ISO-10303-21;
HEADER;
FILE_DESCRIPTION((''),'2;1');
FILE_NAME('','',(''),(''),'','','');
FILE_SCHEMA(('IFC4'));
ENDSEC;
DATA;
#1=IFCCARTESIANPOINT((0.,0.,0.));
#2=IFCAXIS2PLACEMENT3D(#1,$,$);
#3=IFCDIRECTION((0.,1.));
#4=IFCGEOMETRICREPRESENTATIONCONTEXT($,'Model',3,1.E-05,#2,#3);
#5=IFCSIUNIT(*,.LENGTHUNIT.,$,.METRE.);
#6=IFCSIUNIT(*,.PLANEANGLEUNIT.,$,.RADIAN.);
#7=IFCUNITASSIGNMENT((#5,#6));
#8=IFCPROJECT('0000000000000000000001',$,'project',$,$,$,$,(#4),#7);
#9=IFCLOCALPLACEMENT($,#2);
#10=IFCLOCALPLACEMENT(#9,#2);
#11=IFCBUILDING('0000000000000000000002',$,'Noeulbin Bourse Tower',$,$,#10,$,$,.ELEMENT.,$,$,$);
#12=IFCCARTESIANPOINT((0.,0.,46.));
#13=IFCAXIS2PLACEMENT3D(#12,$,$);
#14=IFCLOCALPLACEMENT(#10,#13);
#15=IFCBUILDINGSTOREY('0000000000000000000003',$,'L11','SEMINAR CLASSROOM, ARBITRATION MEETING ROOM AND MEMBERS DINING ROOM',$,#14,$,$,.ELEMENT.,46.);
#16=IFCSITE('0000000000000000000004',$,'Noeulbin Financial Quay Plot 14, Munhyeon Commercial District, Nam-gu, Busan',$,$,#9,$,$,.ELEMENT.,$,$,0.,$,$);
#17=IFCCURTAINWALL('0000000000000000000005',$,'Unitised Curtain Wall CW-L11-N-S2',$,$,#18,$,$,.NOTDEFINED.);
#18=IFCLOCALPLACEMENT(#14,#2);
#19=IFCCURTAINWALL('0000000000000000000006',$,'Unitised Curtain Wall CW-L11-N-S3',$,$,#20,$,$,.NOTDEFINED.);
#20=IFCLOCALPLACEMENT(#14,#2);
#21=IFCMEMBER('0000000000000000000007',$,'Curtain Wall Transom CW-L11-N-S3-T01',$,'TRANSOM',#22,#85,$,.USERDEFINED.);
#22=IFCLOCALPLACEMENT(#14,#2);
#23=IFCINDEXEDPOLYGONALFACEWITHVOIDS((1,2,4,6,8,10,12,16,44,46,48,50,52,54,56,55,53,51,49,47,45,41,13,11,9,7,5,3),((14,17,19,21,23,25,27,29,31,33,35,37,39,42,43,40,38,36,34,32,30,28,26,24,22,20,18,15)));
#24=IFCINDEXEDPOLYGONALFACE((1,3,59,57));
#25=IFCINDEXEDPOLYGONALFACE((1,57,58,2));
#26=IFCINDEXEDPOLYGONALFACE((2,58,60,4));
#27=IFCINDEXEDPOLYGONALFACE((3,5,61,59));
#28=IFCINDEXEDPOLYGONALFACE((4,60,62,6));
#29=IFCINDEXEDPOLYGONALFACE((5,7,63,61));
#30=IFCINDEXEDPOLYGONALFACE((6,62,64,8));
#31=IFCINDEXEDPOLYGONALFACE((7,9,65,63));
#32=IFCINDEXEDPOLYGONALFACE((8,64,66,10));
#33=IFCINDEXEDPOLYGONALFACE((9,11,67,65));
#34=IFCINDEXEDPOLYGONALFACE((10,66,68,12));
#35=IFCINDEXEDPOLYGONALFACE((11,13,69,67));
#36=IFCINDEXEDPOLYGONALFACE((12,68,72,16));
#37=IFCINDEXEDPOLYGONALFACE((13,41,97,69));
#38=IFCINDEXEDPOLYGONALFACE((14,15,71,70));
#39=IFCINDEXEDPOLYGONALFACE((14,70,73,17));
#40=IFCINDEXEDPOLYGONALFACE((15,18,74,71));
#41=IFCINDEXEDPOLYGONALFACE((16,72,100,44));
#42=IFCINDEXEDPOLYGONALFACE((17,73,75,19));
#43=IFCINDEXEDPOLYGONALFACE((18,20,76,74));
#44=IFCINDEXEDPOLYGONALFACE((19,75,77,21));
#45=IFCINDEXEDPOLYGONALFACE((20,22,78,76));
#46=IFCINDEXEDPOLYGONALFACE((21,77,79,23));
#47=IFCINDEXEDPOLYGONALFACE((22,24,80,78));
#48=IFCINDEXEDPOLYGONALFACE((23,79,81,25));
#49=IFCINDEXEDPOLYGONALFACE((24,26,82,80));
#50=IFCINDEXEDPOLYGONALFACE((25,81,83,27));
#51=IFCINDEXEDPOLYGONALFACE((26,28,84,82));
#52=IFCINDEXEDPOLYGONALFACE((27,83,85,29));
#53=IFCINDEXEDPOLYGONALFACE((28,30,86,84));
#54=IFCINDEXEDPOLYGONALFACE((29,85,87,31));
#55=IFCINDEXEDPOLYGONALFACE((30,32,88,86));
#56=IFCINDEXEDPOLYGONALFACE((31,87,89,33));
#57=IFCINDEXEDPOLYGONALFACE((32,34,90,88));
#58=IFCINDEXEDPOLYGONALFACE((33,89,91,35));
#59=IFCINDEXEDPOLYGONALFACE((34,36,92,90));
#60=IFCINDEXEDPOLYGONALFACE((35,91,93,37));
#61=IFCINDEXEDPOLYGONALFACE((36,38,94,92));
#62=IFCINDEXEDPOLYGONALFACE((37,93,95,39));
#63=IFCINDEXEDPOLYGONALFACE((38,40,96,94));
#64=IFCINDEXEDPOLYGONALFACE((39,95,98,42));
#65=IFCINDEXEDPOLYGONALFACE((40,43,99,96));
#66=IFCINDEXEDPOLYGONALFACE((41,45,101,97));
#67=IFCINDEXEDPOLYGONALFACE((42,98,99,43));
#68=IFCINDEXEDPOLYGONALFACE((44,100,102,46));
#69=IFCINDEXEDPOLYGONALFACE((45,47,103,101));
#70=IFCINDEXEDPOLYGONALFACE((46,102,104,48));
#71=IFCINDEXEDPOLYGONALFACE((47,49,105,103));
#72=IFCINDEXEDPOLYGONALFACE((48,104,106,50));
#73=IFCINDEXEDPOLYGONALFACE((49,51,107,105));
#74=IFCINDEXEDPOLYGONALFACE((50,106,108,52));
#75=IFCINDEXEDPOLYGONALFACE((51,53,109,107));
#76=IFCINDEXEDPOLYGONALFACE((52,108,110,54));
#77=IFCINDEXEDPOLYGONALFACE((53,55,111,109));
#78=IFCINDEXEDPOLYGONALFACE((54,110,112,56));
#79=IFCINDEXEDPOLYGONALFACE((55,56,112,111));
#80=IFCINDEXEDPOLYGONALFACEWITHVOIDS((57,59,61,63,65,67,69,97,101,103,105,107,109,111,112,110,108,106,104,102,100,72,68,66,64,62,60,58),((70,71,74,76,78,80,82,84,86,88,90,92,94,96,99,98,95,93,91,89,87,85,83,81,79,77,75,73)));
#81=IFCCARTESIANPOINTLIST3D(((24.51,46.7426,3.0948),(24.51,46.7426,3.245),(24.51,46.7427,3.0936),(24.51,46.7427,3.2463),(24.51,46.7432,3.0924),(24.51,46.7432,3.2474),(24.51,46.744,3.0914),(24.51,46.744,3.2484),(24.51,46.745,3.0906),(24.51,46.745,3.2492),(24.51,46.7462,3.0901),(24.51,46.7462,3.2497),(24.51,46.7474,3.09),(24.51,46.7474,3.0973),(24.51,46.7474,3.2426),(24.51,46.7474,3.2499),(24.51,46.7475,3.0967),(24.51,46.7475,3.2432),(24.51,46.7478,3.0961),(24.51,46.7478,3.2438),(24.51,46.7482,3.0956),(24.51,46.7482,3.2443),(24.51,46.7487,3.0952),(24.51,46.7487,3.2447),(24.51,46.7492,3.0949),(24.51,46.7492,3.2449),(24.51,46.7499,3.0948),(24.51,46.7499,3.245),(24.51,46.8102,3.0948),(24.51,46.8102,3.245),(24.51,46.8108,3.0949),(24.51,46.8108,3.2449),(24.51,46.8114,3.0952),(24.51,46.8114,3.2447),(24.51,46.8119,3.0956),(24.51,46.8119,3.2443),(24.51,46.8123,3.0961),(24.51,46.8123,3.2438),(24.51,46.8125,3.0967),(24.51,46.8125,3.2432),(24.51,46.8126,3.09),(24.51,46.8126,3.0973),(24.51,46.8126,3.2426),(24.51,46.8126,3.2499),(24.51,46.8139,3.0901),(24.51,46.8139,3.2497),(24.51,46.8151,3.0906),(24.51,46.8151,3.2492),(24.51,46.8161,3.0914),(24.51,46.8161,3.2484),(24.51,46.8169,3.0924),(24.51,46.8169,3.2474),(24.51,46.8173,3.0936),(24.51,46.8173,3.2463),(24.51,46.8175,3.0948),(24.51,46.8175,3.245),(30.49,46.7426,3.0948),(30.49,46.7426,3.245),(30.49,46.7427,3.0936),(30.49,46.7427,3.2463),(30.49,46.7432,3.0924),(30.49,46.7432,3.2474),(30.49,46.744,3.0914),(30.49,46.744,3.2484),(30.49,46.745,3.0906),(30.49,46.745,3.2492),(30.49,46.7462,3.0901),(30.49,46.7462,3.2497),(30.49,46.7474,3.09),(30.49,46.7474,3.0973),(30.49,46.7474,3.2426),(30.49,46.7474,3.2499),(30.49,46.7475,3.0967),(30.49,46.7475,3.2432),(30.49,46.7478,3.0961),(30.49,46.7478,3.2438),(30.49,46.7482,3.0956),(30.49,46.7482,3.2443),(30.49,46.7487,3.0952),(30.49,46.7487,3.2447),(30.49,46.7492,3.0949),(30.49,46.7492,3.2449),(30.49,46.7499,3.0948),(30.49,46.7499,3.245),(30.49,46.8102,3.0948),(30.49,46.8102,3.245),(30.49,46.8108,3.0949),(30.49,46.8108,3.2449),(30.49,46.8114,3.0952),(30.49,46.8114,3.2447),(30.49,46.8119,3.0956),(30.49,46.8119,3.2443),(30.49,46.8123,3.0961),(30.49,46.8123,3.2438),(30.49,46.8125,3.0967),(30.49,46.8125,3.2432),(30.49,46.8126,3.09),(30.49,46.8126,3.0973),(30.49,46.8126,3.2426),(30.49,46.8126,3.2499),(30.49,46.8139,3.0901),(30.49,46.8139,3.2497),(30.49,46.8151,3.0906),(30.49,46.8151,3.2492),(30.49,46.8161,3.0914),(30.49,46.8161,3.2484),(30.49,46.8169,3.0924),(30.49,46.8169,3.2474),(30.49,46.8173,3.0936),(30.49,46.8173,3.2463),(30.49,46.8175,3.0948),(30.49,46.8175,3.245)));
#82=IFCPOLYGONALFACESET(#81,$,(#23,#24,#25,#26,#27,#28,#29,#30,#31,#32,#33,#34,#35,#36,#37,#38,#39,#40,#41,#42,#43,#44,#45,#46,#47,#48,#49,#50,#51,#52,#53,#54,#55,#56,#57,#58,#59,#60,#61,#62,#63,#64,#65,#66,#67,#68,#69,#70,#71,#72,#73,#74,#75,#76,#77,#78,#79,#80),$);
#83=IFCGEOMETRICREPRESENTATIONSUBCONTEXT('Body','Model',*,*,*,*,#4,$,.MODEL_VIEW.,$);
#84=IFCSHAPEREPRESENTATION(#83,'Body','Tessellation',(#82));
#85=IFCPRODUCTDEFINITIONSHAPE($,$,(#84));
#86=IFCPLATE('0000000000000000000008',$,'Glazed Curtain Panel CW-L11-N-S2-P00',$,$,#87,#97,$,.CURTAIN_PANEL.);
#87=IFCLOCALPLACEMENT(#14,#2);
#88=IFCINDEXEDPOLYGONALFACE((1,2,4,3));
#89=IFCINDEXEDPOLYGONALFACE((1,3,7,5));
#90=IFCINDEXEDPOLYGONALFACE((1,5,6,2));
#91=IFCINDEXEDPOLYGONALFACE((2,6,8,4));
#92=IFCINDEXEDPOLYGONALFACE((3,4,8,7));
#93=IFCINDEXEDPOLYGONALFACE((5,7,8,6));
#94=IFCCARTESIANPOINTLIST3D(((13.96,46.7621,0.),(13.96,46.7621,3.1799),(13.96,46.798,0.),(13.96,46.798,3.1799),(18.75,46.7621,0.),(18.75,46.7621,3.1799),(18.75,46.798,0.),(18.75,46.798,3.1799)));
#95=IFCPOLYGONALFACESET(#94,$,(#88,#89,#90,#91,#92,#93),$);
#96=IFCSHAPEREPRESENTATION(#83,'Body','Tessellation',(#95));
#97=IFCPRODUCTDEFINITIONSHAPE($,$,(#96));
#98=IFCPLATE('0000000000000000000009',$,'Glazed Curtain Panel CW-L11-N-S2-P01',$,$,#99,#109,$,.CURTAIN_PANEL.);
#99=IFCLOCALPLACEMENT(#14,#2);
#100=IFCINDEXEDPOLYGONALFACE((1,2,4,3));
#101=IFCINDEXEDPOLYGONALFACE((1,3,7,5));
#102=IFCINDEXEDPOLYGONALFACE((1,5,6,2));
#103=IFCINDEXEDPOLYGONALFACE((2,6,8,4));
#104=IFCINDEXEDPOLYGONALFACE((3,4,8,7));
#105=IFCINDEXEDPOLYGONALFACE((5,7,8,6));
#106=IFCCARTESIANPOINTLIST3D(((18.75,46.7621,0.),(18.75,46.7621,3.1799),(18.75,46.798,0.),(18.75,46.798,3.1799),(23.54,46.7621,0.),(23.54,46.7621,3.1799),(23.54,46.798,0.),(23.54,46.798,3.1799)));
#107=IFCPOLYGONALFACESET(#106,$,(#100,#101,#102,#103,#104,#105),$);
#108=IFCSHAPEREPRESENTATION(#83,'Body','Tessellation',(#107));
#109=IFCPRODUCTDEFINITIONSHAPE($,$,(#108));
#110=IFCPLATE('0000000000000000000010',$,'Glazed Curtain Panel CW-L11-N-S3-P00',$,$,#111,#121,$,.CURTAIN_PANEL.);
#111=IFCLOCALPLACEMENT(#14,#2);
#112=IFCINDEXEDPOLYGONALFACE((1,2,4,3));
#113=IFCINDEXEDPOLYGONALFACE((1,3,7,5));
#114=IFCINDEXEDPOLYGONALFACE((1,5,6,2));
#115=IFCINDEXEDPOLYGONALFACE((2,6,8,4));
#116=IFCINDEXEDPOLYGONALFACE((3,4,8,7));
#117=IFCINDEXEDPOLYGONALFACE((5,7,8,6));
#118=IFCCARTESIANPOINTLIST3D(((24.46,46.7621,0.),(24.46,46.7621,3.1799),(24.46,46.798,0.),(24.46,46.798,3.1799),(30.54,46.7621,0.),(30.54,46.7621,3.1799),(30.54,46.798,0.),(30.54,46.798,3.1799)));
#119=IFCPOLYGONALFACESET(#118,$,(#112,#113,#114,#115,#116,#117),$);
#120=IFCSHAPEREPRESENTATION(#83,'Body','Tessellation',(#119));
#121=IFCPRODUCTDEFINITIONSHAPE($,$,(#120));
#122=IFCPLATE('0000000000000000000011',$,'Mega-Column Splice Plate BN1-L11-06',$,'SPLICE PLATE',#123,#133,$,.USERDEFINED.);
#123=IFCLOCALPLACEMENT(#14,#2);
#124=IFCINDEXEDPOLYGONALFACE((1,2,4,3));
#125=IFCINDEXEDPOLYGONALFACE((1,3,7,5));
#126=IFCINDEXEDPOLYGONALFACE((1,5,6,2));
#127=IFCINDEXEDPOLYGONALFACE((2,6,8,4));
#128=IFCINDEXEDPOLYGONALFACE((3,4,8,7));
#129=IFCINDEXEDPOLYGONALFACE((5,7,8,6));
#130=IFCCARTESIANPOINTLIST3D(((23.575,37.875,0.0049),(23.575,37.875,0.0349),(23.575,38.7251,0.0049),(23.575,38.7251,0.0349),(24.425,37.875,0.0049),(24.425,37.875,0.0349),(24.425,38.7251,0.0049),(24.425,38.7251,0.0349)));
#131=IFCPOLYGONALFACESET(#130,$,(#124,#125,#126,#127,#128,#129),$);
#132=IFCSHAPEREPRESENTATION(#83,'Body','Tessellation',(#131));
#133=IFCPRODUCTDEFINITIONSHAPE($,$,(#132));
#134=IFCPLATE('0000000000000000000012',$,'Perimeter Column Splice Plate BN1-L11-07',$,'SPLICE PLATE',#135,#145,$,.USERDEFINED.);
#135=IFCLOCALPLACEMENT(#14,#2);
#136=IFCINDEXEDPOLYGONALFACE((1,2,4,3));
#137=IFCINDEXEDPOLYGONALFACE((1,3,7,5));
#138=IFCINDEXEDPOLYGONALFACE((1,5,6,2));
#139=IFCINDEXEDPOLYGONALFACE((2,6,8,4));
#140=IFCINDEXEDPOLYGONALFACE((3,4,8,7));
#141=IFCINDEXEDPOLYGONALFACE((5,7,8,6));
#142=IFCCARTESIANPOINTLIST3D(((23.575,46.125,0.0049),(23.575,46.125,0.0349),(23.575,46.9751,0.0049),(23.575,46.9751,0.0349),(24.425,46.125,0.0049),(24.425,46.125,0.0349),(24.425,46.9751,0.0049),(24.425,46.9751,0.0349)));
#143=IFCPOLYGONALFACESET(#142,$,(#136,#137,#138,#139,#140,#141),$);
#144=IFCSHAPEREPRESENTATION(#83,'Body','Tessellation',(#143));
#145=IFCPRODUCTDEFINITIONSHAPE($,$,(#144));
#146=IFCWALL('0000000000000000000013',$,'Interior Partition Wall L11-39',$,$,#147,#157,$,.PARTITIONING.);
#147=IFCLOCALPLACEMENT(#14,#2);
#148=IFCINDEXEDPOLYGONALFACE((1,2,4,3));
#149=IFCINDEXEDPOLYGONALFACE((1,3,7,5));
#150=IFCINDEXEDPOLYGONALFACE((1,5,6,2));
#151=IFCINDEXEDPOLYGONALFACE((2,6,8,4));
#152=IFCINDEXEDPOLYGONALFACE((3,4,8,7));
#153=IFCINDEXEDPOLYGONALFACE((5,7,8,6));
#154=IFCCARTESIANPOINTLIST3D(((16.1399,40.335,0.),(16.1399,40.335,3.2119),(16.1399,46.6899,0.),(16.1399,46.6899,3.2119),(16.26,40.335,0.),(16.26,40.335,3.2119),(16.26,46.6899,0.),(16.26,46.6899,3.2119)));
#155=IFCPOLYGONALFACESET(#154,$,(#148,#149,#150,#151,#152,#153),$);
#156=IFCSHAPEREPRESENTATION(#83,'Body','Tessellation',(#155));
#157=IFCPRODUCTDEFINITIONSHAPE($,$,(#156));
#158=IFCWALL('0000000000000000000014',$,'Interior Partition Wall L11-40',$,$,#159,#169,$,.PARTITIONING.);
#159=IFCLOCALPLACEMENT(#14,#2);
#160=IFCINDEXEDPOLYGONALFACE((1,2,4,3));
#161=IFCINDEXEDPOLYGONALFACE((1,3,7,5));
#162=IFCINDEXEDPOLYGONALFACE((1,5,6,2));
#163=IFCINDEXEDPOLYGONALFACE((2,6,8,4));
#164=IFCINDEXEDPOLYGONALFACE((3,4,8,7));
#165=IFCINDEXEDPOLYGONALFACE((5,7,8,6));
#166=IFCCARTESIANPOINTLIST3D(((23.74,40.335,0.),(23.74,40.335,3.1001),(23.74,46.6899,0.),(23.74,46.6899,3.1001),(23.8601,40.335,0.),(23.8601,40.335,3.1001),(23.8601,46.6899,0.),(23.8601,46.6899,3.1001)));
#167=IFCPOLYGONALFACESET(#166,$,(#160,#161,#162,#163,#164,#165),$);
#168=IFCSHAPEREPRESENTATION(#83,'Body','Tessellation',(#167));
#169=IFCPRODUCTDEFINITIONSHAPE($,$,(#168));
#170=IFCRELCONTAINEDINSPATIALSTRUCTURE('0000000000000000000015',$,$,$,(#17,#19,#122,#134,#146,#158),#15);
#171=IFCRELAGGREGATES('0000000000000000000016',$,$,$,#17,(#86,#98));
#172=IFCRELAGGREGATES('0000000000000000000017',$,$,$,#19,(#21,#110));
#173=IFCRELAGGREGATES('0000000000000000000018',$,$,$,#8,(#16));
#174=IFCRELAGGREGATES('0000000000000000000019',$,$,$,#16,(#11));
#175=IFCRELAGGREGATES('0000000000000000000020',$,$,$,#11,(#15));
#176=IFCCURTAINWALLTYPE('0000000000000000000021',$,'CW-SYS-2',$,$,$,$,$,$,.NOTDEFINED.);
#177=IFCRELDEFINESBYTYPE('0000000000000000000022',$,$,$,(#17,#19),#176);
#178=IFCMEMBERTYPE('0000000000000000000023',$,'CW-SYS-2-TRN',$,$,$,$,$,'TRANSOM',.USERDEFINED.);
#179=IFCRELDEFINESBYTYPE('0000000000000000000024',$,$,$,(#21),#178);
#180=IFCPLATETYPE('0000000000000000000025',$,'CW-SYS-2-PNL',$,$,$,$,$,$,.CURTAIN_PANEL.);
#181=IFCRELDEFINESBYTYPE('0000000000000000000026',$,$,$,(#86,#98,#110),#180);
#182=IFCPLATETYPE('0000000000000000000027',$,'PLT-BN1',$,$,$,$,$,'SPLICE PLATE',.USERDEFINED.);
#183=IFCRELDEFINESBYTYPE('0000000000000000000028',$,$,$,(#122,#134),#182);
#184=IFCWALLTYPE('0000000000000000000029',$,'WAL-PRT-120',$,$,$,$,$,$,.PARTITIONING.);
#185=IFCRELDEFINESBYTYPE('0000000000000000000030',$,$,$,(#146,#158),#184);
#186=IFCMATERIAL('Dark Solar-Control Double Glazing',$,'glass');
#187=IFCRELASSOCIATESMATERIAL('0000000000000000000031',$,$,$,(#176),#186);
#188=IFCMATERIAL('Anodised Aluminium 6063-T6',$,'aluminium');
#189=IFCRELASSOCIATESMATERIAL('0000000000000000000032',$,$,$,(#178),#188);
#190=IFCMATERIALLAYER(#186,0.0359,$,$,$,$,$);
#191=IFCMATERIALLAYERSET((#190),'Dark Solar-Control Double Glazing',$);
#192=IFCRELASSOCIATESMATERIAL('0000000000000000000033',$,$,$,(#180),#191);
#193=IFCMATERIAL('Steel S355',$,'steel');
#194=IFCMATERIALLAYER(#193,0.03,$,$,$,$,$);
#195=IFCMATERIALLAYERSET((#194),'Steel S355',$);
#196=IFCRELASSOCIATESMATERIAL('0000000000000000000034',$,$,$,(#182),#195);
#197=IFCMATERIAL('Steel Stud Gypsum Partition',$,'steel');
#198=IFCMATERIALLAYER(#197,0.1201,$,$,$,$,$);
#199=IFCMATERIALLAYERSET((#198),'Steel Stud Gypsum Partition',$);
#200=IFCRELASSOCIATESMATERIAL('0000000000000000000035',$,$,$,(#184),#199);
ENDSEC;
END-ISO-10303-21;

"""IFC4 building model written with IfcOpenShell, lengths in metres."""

from ifc_helpers import new_model, si_unit, direction, frame, frame_2d, origin, origin_2d, place, context, subcontext, project, spatial, rectangle, hollow_rectangle, extrude, material, layer, layer_set, material_profile, profile_set, type_object, element, aggregate, save


model = new_model("IFC4")

# Units and contexts
model_context = context("Model", 3, precision=1e-05, world=origin(), true_north=direction((0.0, 1.0)))
body_context = subcontext(model_context, "Body", "Model", "MODEL_VIEW")
ifc_project = project(units=[si_unit("LENGTHUNIT", "METRE"), si_unit("PLANEANGLEUNIT", "RADIAN")], contexts=[model_context])

# Site, building, storey
site_placement = place(None, origin())
site = spatial("IfcSite", under=ifc_project, at=site_placement, Name="Noeulbin Financial Quay Plot 14, Munhyeon Commercial District, Nam-gu, Busan", CompositionType="ELEMENT", RefElevation=0.0)
building_placement = place(site_placement, origin())
building = spatial("IfcBuilding", under=site, at=building_placement, Name="Noeulbin Bourse Tower", CompositionType="ELEMENT")
storey_placement = place(building_placement, frame((0.0, 0.0, 46.0)))
storey = spatial("IfcBuildingStorey", under=building, at=storey_placement, Name="L11", Description="SEMINAR CLASSROOM, ARBITRATION MEETING ROOM AND MEMBERS DINING ROOM", CompositionType="ELEMENT", Elevation=46.0)

# Shared definitions
ifc_material_1 = material(Name="Steel S355", Category="steel")

# Curtain walls, member
ifc_material_2 = material(Name="Dark Solar-Control Double Glazing", Category="glass")
curtain_wall_type = type_object("IfcCurtainWallType", Name="CW-SYS-2", PredefinedType="NOTDEFINED", material=ifc_material_2)
curtain_wall_1_placement = place(storey_placement, origin())
curtain_wall_1 = element("IfcCurtainWall", 1, at=curtain_wall_1_placement, inside=storey, type_object=curtain_wall_type, Name="Unitised Curtain Wall CW-L11-N-S2", PredefinedType="NOTDEFINED")
ifc_material_3 = material(Name="Anodised Aluminium 6063-T6", Category="aluminium")
curtain_wall_2_placement = place(storey_placement, origin())
curtain_wall_2 = element("IfcCurtainWall", 2, at=curtain_wall_2_placement, inside=storey, type_object=curtain_wall_type, Name="Unitised Curtain Wall CW-L11-N-S3", PredefinedType="NOTDEFINED")
ifc_material_profile_1 = material_profile(ifc_material_3, hollow_rectangle(XDim=0.075, YDim=0.1599, WallThickness=0.0049, InnerFilletRadius=0.0024, OuterFilletRadius=0.0049, at=origin_2d()), Name="ALU-TRAN-75x160x5", Category="LoadBearing")
ifc_profile_set_1 = profile_set([ifc_material_profile_1], Name="Anodised Aluminium 6063-T6")
member_type_1 = type_object("IfcMemberType", Name="CW-SYS-2-TRN", ElementType="TRANSOM", PredefinedType="USERDEFINED", material=ifc_profile_set_1)
member_1_placement = place(storey_placement, frame((24.51, 46.78, 3.1699), z_axis=(1.0, 0.0, 0.0), x_axis=(0.0, 1.0, 0.0)))
member_1 = element("IfcMember", 3, at=member_1_placement, type_object=member_type_1, Name="Curtain Wall Transom CW-L11-N-S3-T01", ObjectType="TRANSOM", PredefinedType="USERDEFINED", context=body_context, shape_type="SweptSolid", body=[
    extrude(hollow_rectangle(XDim=0.075, YDim=0.1599, WallThickness=0.0049, InnerFilletRadius=0.0024, OuterFilletRadius=0.0049, at=origin_2d()), origin(), (0.0, 0.0, 1.0), 5.98),
])

# Plates
ifc_layer_1 = layer(ifc_material_2, 0.0359)
ifc_layer_set_1 = layer_set([ifc_layer_1], Name="Dark Solar-Control Double Glazing")
plate_type_1 = type_object("IfcPlateType", Name="CW-SYS-2-PNL", PredefinedType="CURTAIN_PANEL", material=ifc_layer_set_1)
plate_1_placement = place(storey_placement, frame((16.355, 46.78, 0.0), z_axis=(0.0, 0.0, 1.0), x_axis=(1.0, 0.0, 0.0)))
plate_1 = element("IfcPlate", 4, at=plate_1_placement, type_object=plate_type_1, Name="Glazed Curtain Panel CW-L11-N-S2-P00", PredefinedType="CURTAIN_PANEL", context=body_context, shape_type="SweptSolid", body=[
    extrude(rectangle(XDim=4.79, YDim=0.0359, at=origin_2d()), origin(), (0.0, 0.0, 1.0), 3.1799),
])
plate_2_placement = place(storey_placement, frame((21.145, 46.78, 0.0), z_axis=(0.0, 0.0, 1.0), x_axis=(1.0, 0.0, 0.0)))
plate_2 = element("IfcPlate", 5, at=plate_2_placement, type_object=plate_type_1, Name="Glazed Curtain Panel CW-L11-N-S2-P01", PredefinedType="CURTAIN_PANEL", context=body_context, shape_type="SweptSolid", body=[
    extrude(rectangle(XDim=4.79, YDim=0.0359, at=origin_2d()), origin(), (0.0, 0.0, 1.0), 3.1799),
])
aggregate(curtain_wall_1, [plate_1, plate_2])
plate_3_placement = place(storey_placement, frame((27.5, 46.78, 0.0), z_axis=(0.0, 0.0, 1.0), x_axis=(1.0, 0.0, 0.0)))
plate_3 = element("IfcPlate", 6, at=plate_3_placement, type_object=plate_type_1, Name="Glazed Curtain Panel CW-L11-N-S3-P00", PredefinedType="CURTAIN_PANEL", context=body_context, shape_type="SweptSolid", body=[
    extrude(rectangle(XDim=6.0801, YDim=0.0359, at=origin_2d()), origin(), (0.0, 0.0, 1.0), 3.1799),
])
aggregate(curtain_wall_2, [member_1, plate_3])

# Plates
ifc_layer_2 = layer(ifc_material_1, 0.03)
ifc_layer_set_2 = layer_set([ifc_layer_2], Name="Steel S355")
plate_type_2 = type_object("IfcPlateType", Name="PLT-BN1", ElementType="SPLICE PLATE", PredefinedType="USERDEFINED", material=ifc_layer_set_2)
for number, where, z_axis, x_axis, name in (
    (7, (24.0, 38.3, 0.0049), (0.0, 0.0, 1.0), (1.0, 0.0, 0.0), "Mega-Column Splice Plate BN1-L11-06"),
    (8, (24.0, 46.55, 0.0049), (0.0, 0.0, 1.0), (1.0, 0.0, 0.0), "Perimeter Column Splice Plate BN1-L11-07"),
):
    element("IfcPlate", number, at=place(storey_placement, frame(where, z_axis=z_axis, x_axis=x_axis)), inside=storey, type_object=plate_type_2, Name=name, ObjectType="SPLICE PLATE", PredefinedType="USERDEFINED", context=body_context, shape_type="SweptSolid", body=[
        extrude(rectangle(XDim=0.8501, YDim=0.8501, at=origin_2d()), origin(), (0.0, 0.0, 1.0), 0.03),
    ])

# Walls
ifc_material_4 = material(Name="Steel Stud Gypsum Partition", Category="steel")
ifc_layer_3 = layer(ifc_material_4, 0.1201)
ifc_layer_set_3 = layer_set([ifc_layer_3], Name="Steel Stud Gypsum Partition")
wall_type = type_object("IfcWallType", Name="WAL-PRT-120", PredefinedType="PARTITIONING", material=ifc_layer_set_3)
wall_1_placement = place(storey_placement, frame((16.2, 40.335, 0.0), z_axis=(0.0, 0.0, 1.0), x_axis=(0.0, 1.0, 0.0)))
element("IfcWall", 9, at=wall_1_placement, inside=storey, type_object=wall_type, Name="Interior Partition Wall L11-39", PredefinedType="PARTITIONING", context=body_context, shape_type="SweptSolid", body=[
    extrude(rectangle(XDim=6.355, YDim=0.1201, at=frame_2d((3.1775, 0.0))), origin(), (0.0, 0.0, 1.0), 3.2119),
])
wall_2_placement = place(storey_placement, frame((23.8, 40.335, 0.0), z_axis=(0.0, 0.0, 1.0), x_axis=(0.0, 1.0, 0.0)))
element("IfcWall", 10, at=wall_2_placement, inside=storey, type_object=wall_type, Name="Interior Partition Wall L11-40", PredefinedType="PARTITIONING", context=body_context, shape_type="SweptSolid", body=[
    extrude(rectangle(XDim=6.355, YDim=0.1201, at=frame_2d((3.1775, 0.0))), origin(), (0.0, 0.0, 1.0), 3.1001),
])

save(model, "model.ifc")
